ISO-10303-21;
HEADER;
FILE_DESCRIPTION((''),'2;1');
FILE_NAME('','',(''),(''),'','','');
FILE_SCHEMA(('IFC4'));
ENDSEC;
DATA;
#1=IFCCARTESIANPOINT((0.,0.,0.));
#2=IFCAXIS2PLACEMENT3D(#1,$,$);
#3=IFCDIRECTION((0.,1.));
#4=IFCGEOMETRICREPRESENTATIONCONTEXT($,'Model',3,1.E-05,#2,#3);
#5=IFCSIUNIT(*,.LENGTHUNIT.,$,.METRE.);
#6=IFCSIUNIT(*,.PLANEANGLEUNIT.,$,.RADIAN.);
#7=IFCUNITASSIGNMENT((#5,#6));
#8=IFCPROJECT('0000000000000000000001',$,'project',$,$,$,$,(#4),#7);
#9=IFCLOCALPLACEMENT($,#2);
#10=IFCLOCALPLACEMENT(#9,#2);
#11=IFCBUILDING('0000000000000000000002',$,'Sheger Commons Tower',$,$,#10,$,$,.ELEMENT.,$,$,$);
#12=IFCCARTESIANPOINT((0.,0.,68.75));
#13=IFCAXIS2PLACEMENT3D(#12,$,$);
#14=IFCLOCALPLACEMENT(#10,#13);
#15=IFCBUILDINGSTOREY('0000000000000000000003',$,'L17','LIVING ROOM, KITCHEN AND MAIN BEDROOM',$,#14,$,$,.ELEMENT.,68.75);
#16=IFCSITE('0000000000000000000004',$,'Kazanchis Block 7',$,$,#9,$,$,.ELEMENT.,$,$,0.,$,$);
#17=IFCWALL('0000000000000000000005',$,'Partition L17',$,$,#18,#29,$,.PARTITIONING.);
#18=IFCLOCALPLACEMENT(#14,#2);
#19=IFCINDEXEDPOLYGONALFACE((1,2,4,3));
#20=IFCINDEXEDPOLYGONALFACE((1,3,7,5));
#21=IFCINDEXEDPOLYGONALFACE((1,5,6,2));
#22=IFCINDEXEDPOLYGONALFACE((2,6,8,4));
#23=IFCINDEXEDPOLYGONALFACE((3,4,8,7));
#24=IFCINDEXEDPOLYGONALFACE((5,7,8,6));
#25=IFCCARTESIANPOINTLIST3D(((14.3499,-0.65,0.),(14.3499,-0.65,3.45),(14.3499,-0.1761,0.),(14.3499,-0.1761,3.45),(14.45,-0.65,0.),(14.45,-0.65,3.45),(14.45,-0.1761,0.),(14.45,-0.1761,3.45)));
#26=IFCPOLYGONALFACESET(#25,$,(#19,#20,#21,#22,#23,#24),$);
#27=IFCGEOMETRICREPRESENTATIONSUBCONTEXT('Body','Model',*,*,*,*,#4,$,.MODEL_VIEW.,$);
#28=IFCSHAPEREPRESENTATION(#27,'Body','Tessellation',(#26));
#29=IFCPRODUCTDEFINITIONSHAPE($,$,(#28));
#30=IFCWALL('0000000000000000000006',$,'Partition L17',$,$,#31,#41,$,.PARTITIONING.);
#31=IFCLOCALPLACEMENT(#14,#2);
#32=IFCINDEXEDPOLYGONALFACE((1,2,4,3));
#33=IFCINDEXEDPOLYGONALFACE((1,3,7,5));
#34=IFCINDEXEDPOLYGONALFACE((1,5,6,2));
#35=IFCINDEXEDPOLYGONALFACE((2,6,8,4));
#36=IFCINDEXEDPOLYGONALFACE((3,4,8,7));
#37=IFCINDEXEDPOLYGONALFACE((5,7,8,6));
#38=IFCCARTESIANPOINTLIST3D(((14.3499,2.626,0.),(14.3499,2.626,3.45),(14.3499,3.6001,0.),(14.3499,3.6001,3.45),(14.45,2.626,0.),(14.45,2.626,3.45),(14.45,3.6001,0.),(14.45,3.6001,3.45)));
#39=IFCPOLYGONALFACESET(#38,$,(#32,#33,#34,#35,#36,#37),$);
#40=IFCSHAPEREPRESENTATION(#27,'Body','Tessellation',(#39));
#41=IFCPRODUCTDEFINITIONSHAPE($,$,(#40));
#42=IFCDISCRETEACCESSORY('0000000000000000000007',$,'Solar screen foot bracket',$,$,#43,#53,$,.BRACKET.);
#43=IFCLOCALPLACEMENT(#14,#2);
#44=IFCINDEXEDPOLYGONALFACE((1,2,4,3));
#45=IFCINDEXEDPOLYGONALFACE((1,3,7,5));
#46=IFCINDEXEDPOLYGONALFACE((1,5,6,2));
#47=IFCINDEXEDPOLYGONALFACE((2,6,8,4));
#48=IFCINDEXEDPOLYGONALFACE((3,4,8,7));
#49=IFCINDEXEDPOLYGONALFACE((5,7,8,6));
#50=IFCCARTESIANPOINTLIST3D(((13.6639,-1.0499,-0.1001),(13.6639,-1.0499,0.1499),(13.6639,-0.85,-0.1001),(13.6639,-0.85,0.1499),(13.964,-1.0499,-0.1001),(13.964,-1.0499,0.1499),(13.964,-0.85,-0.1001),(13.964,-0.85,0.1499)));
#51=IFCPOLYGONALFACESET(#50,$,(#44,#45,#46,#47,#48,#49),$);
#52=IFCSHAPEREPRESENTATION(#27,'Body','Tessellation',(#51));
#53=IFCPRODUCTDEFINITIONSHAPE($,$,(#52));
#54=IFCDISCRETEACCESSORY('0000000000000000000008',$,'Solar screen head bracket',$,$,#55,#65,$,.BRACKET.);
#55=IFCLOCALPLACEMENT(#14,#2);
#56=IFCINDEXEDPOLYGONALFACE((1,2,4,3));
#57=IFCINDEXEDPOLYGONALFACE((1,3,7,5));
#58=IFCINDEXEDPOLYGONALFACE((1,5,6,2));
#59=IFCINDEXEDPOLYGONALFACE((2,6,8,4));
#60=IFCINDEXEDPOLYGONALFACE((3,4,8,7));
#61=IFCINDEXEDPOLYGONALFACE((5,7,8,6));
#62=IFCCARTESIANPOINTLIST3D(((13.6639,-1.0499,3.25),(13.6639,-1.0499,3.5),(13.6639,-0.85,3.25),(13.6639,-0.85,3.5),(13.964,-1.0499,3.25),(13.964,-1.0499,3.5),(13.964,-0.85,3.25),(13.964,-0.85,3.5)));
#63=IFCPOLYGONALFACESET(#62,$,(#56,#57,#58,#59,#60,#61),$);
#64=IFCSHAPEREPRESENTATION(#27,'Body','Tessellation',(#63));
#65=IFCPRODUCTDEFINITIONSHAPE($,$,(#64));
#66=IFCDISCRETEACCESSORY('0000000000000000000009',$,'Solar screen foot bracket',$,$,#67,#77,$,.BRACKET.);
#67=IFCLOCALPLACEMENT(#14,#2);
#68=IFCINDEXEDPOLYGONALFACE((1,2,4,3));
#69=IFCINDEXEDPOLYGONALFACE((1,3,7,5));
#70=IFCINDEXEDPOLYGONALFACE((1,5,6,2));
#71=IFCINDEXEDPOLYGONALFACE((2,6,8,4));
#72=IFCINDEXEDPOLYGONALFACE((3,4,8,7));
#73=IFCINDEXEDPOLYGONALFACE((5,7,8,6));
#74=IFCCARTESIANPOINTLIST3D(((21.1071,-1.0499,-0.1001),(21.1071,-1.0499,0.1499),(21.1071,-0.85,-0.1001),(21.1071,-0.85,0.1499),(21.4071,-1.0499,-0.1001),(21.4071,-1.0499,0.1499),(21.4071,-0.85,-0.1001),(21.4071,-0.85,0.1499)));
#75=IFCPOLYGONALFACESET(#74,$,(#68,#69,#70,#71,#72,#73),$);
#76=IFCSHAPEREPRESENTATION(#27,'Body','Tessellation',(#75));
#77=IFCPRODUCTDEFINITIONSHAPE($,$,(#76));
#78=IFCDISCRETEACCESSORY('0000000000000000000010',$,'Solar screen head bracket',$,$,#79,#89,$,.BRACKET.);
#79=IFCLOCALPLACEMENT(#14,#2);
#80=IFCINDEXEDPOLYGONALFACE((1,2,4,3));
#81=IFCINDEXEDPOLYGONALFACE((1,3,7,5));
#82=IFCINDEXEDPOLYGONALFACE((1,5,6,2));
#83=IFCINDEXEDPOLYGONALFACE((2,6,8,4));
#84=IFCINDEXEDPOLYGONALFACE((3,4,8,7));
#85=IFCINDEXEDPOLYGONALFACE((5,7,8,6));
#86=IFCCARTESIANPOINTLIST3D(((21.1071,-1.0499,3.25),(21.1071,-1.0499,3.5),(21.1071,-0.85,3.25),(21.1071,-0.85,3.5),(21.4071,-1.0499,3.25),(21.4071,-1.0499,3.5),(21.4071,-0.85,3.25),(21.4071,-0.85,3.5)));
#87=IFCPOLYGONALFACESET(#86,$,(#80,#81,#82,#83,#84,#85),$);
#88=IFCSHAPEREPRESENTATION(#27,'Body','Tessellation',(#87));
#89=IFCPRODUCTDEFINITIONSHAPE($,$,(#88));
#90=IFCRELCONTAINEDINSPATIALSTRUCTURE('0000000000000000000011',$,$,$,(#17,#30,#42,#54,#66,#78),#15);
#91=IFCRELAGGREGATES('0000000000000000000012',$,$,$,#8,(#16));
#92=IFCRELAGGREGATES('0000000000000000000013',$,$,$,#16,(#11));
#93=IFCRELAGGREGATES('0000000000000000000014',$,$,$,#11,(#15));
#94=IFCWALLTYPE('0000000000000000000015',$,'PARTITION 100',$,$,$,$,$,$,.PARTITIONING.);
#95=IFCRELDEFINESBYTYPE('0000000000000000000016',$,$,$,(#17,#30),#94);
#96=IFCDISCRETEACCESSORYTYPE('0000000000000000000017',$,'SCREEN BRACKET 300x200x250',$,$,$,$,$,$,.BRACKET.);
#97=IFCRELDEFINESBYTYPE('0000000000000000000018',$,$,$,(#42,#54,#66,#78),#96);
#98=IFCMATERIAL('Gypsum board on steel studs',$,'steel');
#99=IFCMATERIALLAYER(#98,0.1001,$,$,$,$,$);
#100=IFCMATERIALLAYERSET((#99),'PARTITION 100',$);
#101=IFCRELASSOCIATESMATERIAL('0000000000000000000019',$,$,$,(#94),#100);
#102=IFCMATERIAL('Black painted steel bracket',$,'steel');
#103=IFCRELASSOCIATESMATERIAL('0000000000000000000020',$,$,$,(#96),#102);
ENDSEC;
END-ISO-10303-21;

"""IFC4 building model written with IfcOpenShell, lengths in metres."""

from ifc_helpers import new_model, si_unit, direction, frame, frame_2d, origin, origin_2d, place, context, subcontext, project, spatial, rectangle, extrude, material, layer, layer_set, type_object, element, save


model = new_model("IFC4")

# Units and contexts
model_context = context("Model", 3, precision=1e-05, world=origin(), true_north=direction((0.0, 1.0)))
body_context = subcontext(model_context, "Body", "Model", "MODEL_VIEW")
ifc_project = project(units=[si_unit("LENGTHUNIT", "METRE"), si_unit("PLANEANGLEUNIT", "RADIAN")], contexts=[model_context])

# Site, building, storey
site_placement = place(None, origin())
site = spatial("IfcSite", under=ifc_project, at=site_placement, Name="Kazanchis Block 7", CompositionType="ELEMENT", RefElevation=0.0)
building_placement = place(site_placement, origin())
building = spatial("IfcBuilding", under=site, at=building_placement, Name="Sheger Commons Tower", CompositionType="ELEMENT")
storey_placement = place(building_placement, frame((0.0, 0.0, 68.75)))
storey = spatial("IfcBuildingStorey", under=building, at=storey_placement, Name="L17", Description="LIVING ROOM, KITCHEN AND MAIN BEDROOM", CompositionType="ELEMENT", Elevation=68.75)

# Walls
ifc_material_1 = material(Name="Gypsum board on steel studs", Category="steel")
ifc_layer_1 = layer(ifc_material_1, 0.1001)
ifc_layer_set_1 = layer_set([ifc_layer_1], Name="PARTITION 100")
wall_type_1 = type_object("IfcWallType", Name="PARTITION 100", PredefinedType="PARTITIONING", material=ifc_layer_set_1)
wall_1_placement = place(storey_placement, frame((14.3999, -0.6499, 0.0), z_axis=(0.0, 0.0, 1.0), x_axis=(0.0, 1.0, 0.0)))
element("IfcWall", 1, at=wall_1_placement, inside=storey, type_object=wall_type_1, Name="Partition L17", PredefinedType="PARTITIONING", context=body_context, shape_type="SweptSolid", body=[
    extrude(rectangle(XDim=0.4739, YDim=0.1001, at=frame_2d((0.2368, 0.0))), origin(), (0.0, 0.0, 1.0), 3.45),
])
wall_2_placement = place(storey_placement, frame((14.3999, 2.626, 0.0), z_axis=(0.0, 0.0, 1.0), x_axis=(0.0, 1.0, 0.0)))
element("IfcWall", 2, at=wall_2_placement, inside=storey, type_object=wall_type_1, Name="Partition L17", PredefinedType="PARTITIONING", context=body_context, shape_type="SweptSolid", body=[
    extrude(rectangle(XDim=0.9741, YDim=0.1001, at=frame_2d((0.4871, 0.0))), origin(), (0.0, 0.0, 1.0), 3.45),
])

# Discrete accessories
ifc_material_2 = material(Name="Black painted steel bracket", Category="steel")
discrete_accessory_type = type_object("IfcDiscreteAccessoryType", Name="SCREEN BRACKET 300x200x250", PredefinedType="BRACKET", material=ifc_material_2)
for number, where, z_axis, x_axis, name in (
    (3, (13.814, -0.95, -0.1001), (0.0, 0.0, 1.0), (1.0, 0.0, 0.0), "Solar screen foot bracket"),
    (4, (13.814, -0.95, 3.25), (0.0, 0.0, 1.0), (1.0, 0.0, 0.0), "Solar screen head bracket"),
    (5, (21.2571, -0.95, -0.1001), (0.0, 0.0, 1.0), (1.0, 0.0, 0.0), "Solar screen foot bracket"),
    (6, (21.2571, -0.95, 3.25), (0.0, 0.0, 1.0), (1.0, 0.0, 0.0), "Solar screen head bracket"),
):
    element("IfcDiscreteAccessory", number, at=place(storey_placement, frame(where, z_axis=z_axis, x_axis=x_axis)), inside=storey, type_object=discrete_accessory_type, Name=name, PredefinedType="BRACKET", context=body_context, shape_type="SweptSolid", body=[
        extrude(rectangle(XDim=0.3, YDim=0.2, at=origin_2d()), origin(), (0.0, 0.0, 1.0), 0.25),
    ])

save(model, "model.ifc")
